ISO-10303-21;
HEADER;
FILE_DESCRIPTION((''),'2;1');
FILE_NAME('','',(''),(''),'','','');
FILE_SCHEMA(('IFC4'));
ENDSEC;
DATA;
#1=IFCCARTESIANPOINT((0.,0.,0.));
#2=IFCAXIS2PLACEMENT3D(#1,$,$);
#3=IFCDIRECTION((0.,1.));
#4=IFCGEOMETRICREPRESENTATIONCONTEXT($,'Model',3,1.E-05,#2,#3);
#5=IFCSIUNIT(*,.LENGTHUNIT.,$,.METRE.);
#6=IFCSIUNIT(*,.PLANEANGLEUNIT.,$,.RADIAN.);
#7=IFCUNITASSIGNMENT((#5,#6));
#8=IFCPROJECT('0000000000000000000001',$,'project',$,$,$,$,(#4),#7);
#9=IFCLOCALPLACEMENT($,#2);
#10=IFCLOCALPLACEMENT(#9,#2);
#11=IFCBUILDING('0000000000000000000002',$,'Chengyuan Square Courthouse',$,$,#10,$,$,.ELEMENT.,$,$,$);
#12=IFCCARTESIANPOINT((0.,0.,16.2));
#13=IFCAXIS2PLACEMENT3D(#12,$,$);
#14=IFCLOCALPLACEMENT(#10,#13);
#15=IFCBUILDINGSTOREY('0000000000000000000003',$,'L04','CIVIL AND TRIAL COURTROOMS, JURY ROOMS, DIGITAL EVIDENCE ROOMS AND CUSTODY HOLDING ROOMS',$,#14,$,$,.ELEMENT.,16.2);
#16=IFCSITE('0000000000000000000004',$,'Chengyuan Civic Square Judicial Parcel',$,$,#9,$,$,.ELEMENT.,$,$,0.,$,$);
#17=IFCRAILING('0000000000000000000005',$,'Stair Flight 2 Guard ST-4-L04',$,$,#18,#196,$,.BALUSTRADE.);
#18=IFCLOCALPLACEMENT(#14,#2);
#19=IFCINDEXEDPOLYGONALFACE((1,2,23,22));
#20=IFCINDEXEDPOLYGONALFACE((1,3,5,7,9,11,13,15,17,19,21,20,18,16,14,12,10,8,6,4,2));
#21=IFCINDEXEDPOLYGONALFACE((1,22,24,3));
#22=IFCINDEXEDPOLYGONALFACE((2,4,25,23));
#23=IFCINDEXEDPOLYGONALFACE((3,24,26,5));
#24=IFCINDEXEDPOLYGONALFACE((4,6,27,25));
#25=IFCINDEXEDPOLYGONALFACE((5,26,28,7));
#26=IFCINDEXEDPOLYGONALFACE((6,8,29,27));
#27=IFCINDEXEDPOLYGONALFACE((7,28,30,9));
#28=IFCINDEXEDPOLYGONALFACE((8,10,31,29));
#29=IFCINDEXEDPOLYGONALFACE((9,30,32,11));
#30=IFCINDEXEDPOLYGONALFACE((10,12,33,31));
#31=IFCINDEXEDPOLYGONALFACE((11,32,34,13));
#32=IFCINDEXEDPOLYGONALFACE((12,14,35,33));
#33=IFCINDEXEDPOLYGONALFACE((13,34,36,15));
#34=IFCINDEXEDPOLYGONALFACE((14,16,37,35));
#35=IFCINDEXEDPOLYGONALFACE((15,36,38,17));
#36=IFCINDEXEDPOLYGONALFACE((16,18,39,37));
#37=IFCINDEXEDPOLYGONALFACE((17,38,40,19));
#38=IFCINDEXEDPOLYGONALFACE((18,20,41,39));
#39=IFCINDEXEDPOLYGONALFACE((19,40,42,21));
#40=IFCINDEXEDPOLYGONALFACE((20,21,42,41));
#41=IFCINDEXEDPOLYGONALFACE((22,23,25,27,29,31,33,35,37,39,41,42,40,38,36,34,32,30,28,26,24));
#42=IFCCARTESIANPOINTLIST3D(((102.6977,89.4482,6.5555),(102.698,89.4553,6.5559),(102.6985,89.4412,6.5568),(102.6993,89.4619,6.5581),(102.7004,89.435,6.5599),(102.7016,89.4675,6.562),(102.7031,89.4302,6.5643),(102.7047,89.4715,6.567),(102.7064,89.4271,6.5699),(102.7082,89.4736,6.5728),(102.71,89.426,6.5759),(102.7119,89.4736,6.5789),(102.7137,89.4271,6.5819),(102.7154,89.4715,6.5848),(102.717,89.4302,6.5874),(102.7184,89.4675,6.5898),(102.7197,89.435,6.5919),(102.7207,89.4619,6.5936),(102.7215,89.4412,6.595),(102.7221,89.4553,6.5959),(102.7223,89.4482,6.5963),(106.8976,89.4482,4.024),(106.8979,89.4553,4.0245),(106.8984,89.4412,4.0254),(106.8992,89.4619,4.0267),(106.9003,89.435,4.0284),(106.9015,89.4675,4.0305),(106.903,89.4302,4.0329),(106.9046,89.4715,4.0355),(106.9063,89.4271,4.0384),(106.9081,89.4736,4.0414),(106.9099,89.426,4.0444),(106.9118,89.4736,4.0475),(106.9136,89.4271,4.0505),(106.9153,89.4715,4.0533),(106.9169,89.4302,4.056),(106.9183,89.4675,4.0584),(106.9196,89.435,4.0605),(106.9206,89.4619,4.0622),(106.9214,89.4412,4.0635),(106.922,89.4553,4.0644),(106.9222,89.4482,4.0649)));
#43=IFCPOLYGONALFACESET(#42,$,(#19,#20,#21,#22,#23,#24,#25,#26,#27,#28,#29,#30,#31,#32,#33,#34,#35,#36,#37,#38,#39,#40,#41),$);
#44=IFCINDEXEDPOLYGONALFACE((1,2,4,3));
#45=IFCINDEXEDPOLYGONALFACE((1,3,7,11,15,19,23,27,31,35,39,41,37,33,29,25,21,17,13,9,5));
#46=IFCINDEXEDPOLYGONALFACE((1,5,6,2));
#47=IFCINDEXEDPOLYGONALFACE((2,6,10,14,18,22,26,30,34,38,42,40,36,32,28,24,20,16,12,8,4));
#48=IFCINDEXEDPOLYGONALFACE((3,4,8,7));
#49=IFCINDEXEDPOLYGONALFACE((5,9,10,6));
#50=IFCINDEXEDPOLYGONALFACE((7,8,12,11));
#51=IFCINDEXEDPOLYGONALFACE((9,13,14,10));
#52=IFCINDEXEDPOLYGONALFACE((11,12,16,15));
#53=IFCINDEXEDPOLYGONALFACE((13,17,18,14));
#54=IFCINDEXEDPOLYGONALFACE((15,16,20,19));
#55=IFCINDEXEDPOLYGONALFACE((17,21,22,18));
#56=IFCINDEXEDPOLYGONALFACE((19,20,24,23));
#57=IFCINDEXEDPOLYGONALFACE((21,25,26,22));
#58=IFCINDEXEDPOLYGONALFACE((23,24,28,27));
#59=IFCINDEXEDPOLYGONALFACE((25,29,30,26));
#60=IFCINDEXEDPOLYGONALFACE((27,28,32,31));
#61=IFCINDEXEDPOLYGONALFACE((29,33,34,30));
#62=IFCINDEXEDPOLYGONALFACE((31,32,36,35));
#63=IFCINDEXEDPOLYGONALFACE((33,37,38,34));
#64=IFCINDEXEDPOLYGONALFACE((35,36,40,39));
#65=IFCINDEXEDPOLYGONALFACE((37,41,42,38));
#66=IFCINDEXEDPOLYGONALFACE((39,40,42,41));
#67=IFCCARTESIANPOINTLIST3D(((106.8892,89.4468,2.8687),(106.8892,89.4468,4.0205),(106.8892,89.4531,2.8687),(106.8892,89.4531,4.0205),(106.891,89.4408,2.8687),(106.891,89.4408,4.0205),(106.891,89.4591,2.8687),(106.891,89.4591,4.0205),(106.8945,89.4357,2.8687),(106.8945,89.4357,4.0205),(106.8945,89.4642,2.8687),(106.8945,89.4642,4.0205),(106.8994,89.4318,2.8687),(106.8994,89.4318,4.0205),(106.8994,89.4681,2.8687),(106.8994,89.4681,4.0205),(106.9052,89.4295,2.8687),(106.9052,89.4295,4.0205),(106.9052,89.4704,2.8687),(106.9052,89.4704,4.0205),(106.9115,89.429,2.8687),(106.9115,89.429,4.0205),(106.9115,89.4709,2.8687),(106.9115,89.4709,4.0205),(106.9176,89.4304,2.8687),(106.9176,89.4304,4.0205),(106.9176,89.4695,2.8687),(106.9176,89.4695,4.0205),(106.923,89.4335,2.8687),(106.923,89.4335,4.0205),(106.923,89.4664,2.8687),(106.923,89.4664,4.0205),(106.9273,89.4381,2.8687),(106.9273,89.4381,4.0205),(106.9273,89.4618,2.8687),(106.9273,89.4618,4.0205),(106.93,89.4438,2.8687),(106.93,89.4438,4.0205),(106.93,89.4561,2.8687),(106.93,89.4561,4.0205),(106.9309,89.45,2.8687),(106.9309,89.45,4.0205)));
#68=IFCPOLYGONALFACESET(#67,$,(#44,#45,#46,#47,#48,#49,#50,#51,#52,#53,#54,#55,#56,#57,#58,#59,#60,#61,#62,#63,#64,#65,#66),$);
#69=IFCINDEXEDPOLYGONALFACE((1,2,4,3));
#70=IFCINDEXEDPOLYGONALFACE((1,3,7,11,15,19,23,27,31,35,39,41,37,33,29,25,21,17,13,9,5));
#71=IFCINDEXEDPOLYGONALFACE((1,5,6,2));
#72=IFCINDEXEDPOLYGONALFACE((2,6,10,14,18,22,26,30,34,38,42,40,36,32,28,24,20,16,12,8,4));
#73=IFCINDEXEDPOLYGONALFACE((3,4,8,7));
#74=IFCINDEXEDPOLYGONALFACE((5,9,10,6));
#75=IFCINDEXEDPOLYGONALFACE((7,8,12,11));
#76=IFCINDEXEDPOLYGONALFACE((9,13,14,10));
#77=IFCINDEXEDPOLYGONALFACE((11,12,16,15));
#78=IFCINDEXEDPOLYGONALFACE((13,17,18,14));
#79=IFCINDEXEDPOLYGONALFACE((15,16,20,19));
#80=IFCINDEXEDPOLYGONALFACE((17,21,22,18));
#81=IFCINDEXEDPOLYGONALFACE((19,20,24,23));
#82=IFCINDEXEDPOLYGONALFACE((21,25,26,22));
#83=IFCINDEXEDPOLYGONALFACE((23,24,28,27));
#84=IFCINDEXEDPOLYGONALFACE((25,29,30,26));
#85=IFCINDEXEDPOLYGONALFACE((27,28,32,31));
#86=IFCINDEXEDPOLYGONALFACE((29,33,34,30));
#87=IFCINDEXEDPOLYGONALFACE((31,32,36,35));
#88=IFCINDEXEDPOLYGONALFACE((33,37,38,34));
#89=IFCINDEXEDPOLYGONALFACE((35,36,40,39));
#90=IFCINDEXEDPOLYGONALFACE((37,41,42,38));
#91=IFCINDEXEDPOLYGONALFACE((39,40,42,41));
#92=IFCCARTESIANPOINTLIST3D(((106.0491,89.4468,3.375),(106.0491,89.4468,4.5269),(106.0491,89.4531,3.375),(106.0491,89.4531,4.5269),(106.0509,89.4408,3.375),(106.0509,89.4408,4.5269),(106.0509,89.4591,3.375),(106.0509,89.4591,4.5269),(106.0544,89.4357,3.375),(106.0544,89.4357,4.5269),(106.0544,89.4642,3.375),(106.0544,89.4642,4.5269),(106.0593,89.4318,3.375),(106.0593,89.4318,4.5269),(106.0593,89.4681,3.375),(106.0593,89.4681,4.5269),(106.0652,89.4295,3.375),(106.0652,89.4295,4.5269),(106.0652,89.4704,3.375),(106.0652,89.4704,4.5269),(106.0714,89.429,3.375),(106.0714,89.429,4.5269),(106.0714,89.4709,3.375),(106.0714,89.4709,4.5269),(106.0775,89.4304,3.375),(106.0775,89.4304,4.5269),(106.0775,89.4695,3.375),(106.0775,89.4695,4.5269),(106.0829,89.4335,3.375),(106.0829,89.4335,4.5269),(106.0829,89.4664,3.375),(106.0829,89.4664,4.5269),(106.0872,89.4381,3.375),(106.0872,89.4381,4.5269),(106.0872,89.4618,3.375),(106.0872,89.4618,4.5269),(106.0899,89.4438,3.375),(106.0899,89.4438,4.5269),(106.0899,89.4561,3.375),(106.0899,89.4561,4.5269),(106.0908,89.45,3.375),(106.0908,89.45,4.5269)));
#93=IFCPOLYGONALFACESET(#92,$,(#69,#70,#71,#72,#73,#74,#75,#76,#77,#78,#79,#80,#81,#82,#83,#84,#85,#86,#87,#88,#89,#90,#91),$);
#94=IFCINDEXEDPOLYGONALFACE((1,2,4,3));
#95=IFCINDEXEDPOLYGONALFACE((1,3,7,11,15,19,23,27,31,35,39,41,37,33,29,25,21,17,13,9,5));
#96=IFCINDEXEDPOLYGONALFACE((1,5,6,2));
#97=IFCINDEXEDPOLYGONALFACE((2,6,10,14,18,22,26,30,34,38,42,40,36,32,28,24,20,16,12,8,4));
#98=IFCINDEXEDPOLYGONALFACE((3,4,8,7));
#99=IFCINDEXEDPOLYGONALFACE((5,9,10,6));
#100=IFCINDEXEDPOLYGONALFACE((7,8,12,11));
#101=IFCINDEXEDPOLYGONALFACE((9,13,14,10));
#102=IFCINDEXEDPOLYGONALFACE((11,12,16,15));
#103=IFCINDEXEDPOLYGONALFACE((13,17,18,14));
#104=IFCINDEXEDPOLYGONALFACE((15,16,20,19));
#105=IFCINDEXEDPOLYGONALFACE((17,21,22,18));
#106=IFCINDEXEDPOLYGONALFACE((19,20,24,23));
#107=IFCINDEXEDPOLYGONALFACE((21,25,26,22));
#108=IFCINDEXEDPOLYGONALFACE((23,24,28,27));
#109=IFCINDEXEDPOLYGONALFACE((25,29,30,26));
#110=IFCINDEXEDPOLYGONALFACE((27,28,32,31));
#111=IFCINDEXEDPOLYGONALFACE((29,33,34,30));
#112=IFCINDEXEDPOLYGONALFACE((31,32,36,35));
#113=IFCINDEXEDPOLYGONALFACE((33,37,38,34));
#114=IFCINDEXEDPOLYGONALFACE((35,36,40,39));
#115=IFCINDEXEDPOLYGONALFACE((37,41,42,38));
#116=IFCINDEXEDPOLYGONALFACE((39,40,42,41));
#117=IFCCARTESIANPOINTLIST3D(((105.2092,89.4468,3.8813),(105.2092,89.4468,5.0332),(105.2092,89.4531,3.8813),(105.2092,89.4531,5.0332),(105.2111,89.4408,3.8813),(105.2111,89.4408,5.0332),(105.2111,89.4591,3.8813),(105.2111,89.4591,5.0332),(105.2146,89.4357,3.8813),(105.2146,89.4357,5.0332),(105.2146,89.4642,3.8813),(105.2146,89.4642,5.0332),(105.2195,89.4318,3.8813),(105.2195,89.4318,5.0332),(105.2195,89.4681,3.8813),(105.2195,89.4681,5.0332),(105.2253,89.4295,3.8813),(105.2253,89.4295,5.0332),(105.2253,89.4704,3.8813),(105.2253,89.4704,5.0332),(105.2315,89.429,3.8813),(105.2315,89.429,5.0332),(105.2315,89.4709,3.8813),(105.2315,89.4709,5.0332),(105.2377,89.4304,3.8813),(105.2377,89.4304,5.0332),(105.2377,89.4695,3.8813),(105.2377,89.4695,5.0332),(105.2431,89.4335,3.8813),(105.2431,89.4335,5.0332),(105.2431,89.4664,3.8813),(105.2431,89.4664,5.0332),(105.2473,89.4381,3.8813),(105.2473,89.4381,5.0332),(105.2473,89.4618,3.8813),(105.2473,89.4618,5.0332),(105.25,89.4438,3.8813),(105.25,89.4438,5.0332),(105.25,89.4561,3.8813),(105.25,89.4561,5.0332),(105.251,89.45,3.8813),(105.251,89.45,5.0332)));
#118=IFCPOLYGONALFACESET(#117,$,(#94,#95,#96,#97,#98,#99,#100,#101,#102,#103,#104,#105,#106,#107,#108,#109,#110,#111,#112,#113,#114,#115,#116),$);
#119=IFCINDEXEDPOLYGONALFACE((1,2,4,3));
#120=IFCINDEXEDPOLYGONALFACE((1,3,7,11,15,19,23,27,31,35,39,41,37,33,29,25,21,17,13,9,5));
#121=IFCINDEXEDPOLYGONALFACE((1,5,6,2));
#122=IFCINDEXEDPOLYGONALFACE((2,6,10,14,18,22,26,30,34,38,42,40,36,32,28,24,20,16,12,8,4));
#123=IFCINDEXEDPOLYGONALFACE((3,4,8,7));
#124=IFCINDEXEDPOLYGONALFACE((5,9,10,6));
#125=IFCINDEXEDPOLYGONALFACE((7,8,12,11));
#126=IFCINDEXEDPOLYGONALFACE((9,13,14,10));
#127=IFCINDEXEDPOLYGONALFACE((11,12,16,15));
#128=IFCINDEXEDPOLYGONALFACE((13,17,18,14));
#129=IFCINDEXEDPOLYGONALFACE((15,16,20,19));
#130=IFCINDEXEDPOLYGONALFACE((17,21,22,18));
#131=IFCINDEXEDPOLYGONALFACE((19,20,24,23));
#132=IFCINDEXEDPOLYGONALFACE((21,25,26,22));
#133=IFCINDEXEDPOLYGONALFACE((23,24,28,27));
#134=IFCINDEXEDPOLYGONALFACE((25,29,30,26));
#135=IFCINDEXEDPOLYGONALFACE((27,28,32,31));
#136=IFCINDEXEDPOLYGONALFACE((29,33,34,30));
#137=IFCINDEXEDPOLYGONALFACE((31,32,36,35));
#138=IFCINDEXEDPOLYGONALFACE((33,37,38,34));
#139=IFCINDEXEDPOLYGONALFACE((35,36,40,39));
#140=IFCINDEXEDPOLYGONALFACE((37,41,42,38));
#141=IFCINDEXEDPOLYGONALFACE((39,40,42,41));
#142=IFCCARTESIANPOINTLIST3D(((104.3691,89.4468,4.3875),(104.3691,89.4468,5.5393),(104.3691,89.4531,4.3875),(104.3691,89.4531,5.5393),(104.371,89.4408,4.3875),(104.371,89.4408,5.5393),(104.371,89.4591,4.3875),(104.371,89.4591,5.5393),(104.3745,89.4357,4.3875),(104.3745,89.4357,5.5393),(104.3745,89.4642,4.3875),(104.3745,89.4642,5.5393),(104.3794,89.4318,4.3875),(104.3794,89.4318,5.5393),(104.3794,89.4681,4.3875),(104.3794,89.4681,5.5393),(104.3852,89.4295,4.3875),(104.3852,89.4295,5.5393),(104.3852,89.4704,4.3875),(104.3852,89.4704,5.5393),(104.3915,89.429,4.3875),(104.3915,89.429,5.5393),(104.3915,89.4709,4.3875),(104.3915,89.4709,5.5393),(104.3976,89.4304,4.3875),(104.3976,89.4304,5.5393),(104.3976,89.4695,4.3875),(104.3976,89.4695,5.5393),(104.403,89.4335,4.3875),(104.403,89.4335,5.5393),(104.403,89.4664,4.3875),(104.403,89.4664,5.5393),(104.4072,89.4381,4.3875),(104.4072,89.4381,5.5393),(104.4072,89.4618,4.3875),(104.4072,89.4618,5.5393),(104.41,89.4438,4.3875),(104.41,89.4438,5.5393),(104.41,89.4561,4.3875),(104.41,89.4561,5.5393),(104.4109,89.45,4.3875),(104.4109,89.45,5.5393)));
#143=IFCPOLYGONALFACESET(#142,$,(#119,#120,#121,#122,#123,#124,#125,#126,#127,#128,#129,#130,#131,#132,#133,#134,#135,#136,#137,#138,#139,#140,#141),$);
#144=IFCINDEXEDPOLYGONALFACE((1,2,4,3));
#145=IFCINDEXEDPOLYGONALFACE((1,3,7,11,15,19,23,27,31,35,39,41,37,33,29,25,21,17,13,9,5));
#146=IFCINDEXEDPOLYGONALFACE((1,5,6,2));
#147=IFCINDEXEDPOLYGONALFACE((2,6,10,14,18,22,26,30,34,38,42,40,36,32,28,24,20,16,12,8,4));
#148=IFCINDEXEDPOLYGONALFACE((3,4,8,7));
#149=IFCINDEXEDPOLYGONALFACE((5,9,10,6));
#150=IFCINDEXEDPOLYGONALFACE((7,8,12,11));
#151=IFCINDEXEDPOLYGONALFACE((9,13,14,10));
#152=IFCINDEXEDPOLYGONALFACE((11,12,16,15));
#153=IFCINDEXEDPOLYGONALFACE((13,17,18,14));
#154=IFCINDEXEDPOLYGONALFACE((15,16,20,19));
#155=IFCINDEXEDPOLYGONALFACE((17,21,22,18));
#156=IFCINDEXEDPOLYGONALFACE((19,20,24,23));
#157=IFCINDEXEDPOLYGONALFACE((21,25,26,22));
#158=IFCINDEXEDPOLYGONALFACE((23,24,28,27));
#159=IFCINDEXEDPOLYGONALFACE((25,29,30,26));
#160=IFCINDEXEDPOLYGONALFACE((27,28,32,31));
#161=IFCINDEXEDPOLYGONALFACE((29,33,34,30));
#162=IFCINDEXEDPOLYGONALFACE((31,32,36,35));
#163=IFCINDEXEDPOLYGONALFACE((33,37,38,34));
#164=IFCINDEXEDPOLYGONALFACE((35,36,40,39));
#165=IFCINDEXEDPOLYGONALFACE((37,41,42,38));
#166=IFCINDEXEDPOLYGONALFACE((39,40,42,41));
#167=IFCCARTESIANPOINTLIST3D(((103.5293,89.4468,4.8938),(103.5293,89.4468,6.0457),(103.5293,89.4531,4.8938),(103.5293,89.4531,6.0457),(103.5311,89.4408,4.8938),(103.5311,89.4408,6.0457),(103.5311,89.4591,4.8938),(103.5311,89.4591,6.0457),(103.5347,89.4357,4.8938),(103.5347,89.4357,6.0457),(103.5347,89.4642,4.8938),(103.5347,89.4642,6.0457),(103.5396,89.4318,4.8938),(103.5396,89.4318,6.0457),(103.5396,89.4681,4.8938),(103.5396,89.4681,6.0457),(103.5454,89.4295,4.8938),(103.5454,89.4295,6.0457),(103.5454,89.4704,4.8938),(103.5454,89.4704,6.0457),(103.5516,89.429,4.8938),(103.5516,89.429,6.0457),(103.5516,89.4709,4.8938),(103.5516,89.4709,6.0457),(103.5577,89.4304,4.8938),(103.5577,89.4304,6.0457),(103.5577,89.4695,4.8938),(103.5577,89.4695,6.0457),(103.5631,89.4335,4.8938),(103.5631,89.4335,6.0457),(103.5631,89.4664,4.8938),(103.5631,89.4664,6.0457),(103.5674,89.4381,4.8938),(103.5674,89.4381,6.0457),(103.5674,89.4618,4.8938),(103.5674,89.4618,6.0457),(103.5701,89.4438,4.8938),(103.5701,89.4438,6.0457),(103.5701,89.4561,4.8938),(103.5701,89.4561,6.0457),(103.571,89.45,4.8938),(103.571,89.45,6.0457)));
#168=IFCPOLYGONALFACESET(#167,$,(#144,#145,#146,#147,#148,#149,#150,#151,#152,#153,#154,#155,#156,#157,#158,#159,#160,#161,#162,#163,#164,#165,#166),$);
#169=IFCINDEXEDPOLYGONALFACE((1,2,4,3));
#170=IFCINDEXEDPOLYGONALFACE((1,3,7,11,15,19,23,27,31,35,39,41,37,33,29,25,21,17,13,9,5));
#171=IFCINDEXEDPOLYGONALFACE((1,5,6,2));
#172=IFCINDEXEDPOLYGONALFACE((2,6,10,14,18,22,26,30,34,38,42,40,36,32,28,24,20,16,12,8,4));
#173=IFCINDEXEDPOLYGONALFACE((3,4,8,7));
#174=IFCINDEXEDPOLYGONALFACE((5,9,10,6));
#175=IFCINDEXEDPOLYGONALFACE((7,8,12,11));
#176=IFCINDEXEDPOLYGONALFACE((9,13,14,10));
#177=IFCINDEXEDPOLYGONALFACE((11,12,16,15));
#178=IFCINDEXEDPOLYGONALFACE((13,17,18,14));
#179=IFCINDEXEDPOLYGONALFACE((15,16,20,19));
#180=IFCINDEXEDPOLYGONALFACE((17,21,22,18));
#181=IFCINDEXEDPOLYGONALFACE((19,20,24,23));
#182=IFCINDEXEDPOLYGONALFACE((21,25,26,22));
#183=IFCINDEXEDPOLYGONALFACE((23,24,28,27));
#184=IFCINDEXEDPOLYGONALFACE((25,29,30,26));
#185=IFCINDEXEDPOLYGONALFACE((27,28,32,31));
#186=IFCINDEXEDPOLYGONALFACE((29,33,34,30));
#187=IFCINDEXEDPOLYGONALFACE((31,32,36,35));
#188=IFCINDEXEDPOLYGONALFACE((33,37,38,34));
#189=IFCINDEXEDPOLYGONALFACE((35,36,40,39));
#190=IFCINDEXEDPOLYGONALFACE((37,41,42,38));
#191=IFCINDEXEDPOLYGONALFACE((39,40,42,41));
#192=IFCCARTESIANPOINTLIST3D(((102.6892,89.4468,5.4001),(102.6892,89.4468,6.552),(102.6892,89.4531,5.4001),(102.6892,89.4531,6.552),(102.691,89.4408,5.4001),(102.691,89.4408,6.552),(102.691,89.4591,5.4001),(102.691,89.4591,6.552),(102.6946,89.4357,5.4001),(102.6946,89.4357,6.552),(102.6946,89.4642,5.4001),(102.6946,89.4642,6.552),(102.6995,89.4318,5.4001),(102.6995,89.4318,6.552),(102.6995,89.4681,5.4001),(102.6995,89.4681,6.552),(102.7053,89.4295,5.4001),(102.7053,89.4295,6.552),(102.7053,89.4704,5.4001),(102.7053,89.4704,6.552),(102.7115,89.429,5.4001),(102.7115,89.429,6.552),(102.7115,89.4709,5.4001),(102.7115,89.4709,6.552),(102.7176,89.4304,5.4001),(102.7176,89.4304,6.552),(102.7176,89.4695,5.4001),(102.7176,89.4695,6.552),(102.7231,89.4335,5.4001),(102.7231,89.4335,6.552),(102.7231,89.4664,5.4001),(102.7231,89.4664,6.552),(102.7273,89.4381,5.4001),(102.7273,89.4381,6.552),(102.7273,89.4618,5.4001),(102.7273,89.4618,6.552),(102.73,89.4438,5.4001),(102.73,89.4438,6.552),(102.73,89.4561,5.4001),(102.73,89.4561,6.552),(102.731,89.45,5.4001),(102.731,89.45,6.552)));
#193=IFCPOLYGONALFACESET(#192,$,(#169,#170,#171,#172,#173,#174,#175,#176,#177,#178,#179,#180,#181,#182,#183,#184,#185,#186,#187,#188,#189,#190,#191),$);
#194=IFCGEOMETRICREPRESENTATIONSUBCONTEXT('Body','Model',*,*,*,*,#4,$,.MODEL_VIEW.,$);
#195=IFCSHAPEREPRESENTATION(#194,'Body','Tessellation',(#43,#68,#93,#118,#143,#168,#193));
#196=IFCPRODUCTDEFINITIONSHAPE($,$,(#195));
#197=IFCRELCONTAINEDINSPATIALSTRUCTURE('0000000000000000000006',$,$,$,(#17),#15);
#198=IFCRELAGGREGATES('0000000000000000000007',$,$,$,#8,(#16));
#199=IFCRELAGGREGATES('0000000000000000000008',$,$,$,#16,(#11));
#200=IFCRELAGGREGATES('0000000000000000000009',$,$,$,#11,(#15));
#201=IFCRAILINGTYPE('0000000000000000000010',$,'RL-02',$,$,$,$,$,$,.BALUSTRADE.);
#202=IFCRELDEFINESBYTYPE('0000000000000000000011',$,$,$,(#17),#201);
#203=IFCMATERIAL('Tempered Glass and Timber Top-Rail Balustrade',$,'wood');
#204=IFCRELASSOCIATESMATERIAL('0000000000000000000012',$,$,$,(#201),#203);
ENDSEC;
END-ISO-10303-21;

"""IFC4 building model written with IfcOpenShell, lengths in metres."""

from ifc_helpers import new_model, si_unit, direction, frame, origin, origin_2d, place, context, subcontext, project, spatial, circle, extrude, material, type_object, element, save


model = new_model("IFC4")

# Units and contexts
model_context = context("Model", 3, precision=1e-05, world=origin(), true_north=direction((0.0, 1.0)))
body_context = subcontext(model_context, "Body", "Model", "MODEL_VIEW")
ifc_project = project(units=[si_unit("LENGTHUNIT", "METRE"), si_unit("PLANEANGLEUNIT", "RADIAN")], contexts=[model_context])

# Site, building, storey
site_placement = place(None, origin())
site = spatial("IfcSite", under=ifc_project, at=site_placement, Name="Chengyuan Civic Square Judicial Parcel", CompositionType="ELEMENT", RefElevation=0.0)
building_placement = place(site_placement, origin())
building = spatial("IfcBuilding", under=site, at=building_placement, Name="Chengyuan Square Courthouse", CompositionType="ELEMENT")
storey_placement = place(building_placement, frame((0.0, 0.0, 16.2)))
storey = spatial("IfcBuildingStorey", under=building, at=storey_placement, Name="L04", Description="CIVIL AND TRIAL COURTROOMS, JURY ROOMS, DIGITAL EVIDENCE ROOMS AND CUSTODY HOLDING ROOMS", CompositionType="ELEMENT", Elevation=16.2)

# Railing
ifc_material_1 = material(Name="Tempered Glass and Timber Top-Rail Balustrade", Category="wood")
railing_type_1 = type_object("IfcRailingType", Name="RL-02", PredefinedType="BALUSTRADE", material=ifc_material_1)
railing_1_placement = place(storey_placement, frame((106.9099, 89.45, 2.8687)))
element("IfcRailing", 1, at=railing_1_placement, inside=storey, type_object=railing_type_1, Name="Stair Flight 2 Guard ST-4-L04", PredefinedType="BALUSTRADE", context=body_context, shape_type="SweptSolid", body=[
    extrude(circle(Radius=0.0239, at=origin_2d()), frame((0.0, 0.0, 1.1758), z_axis=(-0.856454, 0.0, 0.516223), x_axis=(0.0, -1.0, 0.0)), (0.0, 0.0, 1.0), 4.9038),
    extrude(circle(Radius=0.021, at=origin_2d()), origin(), (0.0, 0.0, 1.0), 1.1519),
    extrude(circle(Radius=0.021, at=origin_2d()), frame((-0.8401, 0.0, 0.5063)), (0.0, 0.0, 1.0), 1.1519),
    extrude(circle(Radius=0.021, at=origin_2d()), frame((-1.6799, 0.0, 1.0127)), (0.0, 0.0, 1.0), 1.1519),
    extrude(circle(Radius=0.021, at=origin_2d()), frame((-2.52, 0.0, 1.5188)), (0.0, 0.0, 1.0), 1.1519),
    extrude(circle(Radius=0.021, at=origin_2d()), frame((-3.3599, 0.0, 2.0251)), (0.0, 0.0, 1.0), 1.1519),
    extrude(circle(Radius=0.021, at=origin_2d()), frame((-4.2, 0.0, 2.5315)), (0.0, 0.0, 1.0), 1.1519),
])

save(model, "model.ifc")
